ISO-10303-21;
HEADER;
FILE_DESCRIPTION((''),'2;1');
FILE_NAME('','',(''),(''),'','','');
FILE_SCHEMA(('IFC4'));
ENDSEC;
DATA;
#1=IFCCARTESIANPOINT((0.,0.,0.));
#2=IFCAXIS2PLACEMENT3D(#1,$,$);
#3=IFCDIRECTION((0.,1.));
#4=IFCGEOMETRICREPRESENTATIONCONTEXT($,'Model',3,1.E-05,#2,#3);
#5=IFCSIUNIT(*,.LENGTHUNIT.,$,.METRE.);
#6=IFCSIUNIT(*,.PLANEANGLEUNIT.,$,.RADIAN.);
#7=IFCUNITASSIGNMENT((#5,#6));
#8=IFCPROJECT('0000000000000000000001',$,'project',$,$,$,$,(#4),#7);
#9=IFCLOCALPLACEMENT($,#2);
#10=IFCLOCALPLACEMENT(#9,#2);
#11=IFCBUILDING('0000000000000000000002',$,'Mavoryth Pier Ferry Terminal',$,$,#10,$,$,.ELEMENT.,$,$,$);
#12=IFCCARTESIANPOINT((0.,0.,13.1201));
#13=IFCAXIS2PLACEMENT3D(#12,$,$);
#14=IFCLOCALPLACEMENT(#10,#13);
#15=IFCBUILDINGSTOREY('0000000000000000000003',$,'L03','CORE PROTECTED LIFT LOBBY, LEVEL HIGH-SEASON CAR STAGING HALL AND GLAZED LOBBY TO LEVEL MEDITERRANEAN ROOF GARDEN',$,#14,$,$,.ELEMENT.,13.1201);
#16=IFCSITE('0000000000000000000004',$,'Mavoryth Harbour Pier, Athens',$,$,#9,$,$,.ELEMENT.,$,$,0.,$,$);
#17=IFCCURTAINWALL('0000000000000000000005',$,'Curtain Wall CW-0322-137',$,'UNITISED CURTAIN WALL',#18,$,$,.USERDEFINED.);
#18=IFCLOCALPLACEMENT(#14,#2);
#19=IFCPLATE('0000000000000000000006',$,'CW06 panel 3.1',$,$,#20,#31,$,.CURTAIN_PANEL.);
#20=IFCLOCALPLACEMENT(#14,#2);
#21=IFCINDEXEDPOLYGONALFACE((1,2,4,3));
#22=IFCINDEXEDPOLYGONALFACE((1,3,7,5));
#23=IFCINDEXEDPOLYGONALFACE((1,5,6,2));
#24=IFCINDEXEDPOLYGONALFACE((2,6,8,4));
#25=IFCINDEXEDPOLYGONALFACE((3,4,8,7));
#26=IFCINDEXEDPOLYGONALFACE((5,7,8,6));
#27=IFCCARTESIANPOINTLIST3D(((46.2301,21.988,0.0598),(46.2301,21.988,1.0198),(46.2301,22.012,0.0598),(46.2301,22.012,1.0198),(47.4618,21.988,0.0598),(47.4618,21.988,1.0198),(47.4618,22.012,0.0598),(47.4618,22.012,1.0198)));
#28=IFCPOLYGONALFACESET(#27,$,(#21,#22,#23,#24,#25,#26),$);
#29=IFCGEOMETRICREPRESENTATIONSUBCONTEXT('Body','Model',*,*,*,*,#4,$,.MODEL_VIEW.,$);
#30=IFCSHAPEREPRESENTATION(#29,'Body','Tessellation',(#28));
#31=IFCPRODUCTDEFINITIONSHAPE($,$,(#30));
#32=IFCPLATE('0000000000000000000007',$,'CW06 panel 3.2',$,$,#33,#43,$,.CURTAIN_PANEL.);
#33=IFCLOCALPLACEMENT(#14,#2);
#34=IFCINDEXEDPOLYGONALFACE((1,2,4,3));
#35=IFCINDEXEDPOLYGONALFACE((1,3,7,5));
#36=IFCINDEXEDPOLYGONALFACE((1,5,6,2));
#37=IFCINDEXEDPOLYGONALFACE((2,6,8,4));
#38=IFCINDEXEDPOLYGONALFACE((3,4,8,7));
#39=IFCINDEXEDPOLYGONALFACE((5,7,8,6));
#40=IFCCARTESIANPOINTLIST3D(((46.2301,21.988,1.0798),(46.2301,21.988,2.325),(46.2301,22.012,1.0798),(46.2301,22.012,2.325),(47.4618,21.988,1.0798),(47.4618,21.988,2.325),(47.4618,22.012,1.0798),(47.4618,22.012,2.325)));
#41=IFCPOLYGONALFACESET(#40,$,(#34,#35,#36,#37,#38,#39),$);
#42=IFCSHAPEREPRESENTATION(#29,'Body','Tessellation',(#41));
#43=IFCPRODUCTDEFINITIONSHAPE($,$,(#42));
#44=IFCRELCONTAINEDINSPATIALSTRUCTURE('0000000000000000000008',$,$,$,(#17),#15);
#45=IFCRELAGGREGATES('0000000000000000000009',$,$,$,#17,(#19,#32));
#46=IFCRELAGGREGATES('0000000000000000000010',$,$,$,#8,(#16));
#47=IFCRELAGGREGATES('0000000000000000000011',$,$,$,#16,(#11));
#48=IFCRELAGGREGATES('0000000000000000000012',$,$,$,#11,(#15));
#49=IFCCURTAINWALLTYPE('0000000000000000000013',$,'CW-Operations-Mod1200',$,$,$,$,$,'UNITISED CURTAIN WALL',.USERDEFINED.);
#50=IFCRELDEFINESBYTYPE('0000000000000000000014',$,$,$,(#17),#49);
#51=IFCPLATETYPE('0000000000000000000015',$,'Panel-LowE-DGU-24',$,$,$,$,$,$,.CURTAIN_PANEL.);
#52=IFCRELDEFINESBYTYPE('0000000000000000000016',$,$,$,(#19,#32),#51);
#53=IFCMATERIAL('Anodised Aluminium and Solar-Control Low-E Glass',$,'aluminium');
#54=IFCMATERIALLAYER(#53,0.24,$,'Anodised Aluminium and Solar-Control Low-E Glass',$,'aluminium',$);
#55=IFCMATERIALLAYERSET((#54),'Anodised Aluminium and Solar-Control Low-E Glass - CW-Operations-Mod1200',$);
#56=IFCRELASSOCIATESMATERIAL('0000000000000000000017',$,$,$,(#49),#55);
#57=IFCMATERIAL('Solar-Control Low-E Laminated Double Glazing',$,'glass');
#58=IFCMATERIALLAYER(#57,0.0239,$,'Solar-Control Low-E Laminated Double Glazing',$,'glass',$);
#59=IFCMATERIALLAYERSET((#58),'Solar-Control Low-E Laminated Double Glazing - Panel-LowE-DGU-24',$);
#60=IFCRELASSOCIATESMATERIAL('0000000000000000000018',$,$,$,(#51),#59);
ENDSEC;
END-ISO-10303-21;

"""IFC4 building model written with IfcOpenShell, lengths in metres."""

from ifc_helpers import new_model, si_unit, direction, frame, origin, origin_2d, place, context, subcontext, project, spatial, rectangle, extrude, material, layer, layer_set, type_object, element, aggregate, save


model = new_model("IFC4")

# Units and contexts
model_context = context("Model", 3, precision=1e-05, world=origin(), true_north=direction((0.0, 1.0)))
body_context = subcontext(model_context, "Body", "Model", "MODEL_VIEW")
ifc_project = project(units=[si_unit("LENGTHUNIT", "METRE"), si_unit("PLANEANGLEUNIT", "RADIAN")], contexts=[model_context])

# Site, building, storey
site_placement = place(None, origin())
site = spatial("IfcSite", under=ifc_project, at=site_placement, Name="Mavoryth Harbour Pier, Athens", CompositionType="ELEMENT", RefElevation=0.0)
building_placement = place(site_placement, origin())
building = spatial("IfcBuilding", under=site, at=building_placement, Name="Mavoryth Pier Ferry Terminal", CompositionType="ELEMENT")
storey_placement = place(building_placement, frame((0.0, 0.0, 13.1201)))
storey = spatial("IfcBuildingStorey", under=building, at=storey_placement, Name="L03", Description="CORE PROTECTED LIFT LOBBY, LEVEL HIGH-SEASON CAR STAGING HALL AND GLAZED LOBBY TO LEVEL MEDITERRANEAN ROOF GARDEN", CompositionType="ELEMENT", Elevation=13.1201)

# Curtain wall
ifc_material_1 = material(Name="Anodised Aluminium and Solar-Control Low-E Glass", Category="aluminium")
ifc_layer_1 = layer(ifc_material_1, 0.24, Name="Anodised Aluminium and Solar-Control Low-E Glass", Category="aluminium")
ifc_layer_set_1 = layer_set([ifc_layer_1], Name="Anodised Aluminium and Solar-Control Low-E Glass - CW-Operations-Mod1200")
curtain_wall_type = type_object("IfcCurtainWallType", Name="CW-Operations-Mod1200", ElementType="UNITISED CURTAIN WALL", PredefinedType="USERDEFINED", material=ifc_layer_set_1)
curtain_wall_1_placement = place(storey_placement, origin())
curtain_wall_1 = element("IfcCurtainWall", 1, at=curtain_wall_1_placement, inside=storey, type_object=curtain_wall_type, Name="Curtain Wall CW-0322-137", ObjectType="UNITISED CURTAIN WALL", PredefinedType="USERDEFINED")

# Plates
ifc_material_2 = material(Name="Solar-Control Low-E Laminated Double Glazing", Category="glass")
ifc_layer_2 = layer(ifc_material_2, 0.0239, Name="Solar-Control Low-E Laminated Double Glazing", Category="glass")
ifc_layer_set_2 = layer_set([ifc_layer_2], Name="Solar-Control Low-E Laminated Double Glazing - Panel-LowE-DGU-24")
plate_type = type_object("IfcPlateType", Name="Panel-LowE-DGU-24", PredefinedType="CURTAIN_PANEL", material=ifc_layer_set_2)
plate_1_placement = place(storey_placement, frame((46.8459, 22.0, 0.0598), z_axis=(0.0, 0.0, 1.0), x_axis=(-1.0, 0.0, 0.0)))
plate_1 = element("IfcPlate", 2, at=plate_1_placement, type_object=plate_type, Name="CW06 panel 3.1", PredefinedType="CURTAIN_PANEL", context=body_context, shape_type="SweptSolid", body=[
    extrude(rectangle(XDim=1.2317, YDim=0.0239, at=origin_2d()), origin(), (0.0, 0.0, 1.0), 0.96),
])
plate_2_placement = place(storey_placement, frame((46.8459, 22.0, 1.0798), z_axis=(0.0, 0.0, 1.0), x_axis=(-1.0, 0.0, 0.0)))
plate_2 = element("IfcPlate", 3, at=plate_2_placement, type_object=plate_type, Name="CW06 panel 3.2", PredefinedType="CURTAIN_PANEL", context=body_context, shape_type="SweptSolid", body=[
    extrude(rectangle(XDim=1.2317, YDim=0.0239, at=origin_2d()), origin(), (0.0, 0.0, 1.0), 1.2451),
])
aggregate(curtain_wall_1, [plate_1, plate_2])

save(model, "model.ifc")
